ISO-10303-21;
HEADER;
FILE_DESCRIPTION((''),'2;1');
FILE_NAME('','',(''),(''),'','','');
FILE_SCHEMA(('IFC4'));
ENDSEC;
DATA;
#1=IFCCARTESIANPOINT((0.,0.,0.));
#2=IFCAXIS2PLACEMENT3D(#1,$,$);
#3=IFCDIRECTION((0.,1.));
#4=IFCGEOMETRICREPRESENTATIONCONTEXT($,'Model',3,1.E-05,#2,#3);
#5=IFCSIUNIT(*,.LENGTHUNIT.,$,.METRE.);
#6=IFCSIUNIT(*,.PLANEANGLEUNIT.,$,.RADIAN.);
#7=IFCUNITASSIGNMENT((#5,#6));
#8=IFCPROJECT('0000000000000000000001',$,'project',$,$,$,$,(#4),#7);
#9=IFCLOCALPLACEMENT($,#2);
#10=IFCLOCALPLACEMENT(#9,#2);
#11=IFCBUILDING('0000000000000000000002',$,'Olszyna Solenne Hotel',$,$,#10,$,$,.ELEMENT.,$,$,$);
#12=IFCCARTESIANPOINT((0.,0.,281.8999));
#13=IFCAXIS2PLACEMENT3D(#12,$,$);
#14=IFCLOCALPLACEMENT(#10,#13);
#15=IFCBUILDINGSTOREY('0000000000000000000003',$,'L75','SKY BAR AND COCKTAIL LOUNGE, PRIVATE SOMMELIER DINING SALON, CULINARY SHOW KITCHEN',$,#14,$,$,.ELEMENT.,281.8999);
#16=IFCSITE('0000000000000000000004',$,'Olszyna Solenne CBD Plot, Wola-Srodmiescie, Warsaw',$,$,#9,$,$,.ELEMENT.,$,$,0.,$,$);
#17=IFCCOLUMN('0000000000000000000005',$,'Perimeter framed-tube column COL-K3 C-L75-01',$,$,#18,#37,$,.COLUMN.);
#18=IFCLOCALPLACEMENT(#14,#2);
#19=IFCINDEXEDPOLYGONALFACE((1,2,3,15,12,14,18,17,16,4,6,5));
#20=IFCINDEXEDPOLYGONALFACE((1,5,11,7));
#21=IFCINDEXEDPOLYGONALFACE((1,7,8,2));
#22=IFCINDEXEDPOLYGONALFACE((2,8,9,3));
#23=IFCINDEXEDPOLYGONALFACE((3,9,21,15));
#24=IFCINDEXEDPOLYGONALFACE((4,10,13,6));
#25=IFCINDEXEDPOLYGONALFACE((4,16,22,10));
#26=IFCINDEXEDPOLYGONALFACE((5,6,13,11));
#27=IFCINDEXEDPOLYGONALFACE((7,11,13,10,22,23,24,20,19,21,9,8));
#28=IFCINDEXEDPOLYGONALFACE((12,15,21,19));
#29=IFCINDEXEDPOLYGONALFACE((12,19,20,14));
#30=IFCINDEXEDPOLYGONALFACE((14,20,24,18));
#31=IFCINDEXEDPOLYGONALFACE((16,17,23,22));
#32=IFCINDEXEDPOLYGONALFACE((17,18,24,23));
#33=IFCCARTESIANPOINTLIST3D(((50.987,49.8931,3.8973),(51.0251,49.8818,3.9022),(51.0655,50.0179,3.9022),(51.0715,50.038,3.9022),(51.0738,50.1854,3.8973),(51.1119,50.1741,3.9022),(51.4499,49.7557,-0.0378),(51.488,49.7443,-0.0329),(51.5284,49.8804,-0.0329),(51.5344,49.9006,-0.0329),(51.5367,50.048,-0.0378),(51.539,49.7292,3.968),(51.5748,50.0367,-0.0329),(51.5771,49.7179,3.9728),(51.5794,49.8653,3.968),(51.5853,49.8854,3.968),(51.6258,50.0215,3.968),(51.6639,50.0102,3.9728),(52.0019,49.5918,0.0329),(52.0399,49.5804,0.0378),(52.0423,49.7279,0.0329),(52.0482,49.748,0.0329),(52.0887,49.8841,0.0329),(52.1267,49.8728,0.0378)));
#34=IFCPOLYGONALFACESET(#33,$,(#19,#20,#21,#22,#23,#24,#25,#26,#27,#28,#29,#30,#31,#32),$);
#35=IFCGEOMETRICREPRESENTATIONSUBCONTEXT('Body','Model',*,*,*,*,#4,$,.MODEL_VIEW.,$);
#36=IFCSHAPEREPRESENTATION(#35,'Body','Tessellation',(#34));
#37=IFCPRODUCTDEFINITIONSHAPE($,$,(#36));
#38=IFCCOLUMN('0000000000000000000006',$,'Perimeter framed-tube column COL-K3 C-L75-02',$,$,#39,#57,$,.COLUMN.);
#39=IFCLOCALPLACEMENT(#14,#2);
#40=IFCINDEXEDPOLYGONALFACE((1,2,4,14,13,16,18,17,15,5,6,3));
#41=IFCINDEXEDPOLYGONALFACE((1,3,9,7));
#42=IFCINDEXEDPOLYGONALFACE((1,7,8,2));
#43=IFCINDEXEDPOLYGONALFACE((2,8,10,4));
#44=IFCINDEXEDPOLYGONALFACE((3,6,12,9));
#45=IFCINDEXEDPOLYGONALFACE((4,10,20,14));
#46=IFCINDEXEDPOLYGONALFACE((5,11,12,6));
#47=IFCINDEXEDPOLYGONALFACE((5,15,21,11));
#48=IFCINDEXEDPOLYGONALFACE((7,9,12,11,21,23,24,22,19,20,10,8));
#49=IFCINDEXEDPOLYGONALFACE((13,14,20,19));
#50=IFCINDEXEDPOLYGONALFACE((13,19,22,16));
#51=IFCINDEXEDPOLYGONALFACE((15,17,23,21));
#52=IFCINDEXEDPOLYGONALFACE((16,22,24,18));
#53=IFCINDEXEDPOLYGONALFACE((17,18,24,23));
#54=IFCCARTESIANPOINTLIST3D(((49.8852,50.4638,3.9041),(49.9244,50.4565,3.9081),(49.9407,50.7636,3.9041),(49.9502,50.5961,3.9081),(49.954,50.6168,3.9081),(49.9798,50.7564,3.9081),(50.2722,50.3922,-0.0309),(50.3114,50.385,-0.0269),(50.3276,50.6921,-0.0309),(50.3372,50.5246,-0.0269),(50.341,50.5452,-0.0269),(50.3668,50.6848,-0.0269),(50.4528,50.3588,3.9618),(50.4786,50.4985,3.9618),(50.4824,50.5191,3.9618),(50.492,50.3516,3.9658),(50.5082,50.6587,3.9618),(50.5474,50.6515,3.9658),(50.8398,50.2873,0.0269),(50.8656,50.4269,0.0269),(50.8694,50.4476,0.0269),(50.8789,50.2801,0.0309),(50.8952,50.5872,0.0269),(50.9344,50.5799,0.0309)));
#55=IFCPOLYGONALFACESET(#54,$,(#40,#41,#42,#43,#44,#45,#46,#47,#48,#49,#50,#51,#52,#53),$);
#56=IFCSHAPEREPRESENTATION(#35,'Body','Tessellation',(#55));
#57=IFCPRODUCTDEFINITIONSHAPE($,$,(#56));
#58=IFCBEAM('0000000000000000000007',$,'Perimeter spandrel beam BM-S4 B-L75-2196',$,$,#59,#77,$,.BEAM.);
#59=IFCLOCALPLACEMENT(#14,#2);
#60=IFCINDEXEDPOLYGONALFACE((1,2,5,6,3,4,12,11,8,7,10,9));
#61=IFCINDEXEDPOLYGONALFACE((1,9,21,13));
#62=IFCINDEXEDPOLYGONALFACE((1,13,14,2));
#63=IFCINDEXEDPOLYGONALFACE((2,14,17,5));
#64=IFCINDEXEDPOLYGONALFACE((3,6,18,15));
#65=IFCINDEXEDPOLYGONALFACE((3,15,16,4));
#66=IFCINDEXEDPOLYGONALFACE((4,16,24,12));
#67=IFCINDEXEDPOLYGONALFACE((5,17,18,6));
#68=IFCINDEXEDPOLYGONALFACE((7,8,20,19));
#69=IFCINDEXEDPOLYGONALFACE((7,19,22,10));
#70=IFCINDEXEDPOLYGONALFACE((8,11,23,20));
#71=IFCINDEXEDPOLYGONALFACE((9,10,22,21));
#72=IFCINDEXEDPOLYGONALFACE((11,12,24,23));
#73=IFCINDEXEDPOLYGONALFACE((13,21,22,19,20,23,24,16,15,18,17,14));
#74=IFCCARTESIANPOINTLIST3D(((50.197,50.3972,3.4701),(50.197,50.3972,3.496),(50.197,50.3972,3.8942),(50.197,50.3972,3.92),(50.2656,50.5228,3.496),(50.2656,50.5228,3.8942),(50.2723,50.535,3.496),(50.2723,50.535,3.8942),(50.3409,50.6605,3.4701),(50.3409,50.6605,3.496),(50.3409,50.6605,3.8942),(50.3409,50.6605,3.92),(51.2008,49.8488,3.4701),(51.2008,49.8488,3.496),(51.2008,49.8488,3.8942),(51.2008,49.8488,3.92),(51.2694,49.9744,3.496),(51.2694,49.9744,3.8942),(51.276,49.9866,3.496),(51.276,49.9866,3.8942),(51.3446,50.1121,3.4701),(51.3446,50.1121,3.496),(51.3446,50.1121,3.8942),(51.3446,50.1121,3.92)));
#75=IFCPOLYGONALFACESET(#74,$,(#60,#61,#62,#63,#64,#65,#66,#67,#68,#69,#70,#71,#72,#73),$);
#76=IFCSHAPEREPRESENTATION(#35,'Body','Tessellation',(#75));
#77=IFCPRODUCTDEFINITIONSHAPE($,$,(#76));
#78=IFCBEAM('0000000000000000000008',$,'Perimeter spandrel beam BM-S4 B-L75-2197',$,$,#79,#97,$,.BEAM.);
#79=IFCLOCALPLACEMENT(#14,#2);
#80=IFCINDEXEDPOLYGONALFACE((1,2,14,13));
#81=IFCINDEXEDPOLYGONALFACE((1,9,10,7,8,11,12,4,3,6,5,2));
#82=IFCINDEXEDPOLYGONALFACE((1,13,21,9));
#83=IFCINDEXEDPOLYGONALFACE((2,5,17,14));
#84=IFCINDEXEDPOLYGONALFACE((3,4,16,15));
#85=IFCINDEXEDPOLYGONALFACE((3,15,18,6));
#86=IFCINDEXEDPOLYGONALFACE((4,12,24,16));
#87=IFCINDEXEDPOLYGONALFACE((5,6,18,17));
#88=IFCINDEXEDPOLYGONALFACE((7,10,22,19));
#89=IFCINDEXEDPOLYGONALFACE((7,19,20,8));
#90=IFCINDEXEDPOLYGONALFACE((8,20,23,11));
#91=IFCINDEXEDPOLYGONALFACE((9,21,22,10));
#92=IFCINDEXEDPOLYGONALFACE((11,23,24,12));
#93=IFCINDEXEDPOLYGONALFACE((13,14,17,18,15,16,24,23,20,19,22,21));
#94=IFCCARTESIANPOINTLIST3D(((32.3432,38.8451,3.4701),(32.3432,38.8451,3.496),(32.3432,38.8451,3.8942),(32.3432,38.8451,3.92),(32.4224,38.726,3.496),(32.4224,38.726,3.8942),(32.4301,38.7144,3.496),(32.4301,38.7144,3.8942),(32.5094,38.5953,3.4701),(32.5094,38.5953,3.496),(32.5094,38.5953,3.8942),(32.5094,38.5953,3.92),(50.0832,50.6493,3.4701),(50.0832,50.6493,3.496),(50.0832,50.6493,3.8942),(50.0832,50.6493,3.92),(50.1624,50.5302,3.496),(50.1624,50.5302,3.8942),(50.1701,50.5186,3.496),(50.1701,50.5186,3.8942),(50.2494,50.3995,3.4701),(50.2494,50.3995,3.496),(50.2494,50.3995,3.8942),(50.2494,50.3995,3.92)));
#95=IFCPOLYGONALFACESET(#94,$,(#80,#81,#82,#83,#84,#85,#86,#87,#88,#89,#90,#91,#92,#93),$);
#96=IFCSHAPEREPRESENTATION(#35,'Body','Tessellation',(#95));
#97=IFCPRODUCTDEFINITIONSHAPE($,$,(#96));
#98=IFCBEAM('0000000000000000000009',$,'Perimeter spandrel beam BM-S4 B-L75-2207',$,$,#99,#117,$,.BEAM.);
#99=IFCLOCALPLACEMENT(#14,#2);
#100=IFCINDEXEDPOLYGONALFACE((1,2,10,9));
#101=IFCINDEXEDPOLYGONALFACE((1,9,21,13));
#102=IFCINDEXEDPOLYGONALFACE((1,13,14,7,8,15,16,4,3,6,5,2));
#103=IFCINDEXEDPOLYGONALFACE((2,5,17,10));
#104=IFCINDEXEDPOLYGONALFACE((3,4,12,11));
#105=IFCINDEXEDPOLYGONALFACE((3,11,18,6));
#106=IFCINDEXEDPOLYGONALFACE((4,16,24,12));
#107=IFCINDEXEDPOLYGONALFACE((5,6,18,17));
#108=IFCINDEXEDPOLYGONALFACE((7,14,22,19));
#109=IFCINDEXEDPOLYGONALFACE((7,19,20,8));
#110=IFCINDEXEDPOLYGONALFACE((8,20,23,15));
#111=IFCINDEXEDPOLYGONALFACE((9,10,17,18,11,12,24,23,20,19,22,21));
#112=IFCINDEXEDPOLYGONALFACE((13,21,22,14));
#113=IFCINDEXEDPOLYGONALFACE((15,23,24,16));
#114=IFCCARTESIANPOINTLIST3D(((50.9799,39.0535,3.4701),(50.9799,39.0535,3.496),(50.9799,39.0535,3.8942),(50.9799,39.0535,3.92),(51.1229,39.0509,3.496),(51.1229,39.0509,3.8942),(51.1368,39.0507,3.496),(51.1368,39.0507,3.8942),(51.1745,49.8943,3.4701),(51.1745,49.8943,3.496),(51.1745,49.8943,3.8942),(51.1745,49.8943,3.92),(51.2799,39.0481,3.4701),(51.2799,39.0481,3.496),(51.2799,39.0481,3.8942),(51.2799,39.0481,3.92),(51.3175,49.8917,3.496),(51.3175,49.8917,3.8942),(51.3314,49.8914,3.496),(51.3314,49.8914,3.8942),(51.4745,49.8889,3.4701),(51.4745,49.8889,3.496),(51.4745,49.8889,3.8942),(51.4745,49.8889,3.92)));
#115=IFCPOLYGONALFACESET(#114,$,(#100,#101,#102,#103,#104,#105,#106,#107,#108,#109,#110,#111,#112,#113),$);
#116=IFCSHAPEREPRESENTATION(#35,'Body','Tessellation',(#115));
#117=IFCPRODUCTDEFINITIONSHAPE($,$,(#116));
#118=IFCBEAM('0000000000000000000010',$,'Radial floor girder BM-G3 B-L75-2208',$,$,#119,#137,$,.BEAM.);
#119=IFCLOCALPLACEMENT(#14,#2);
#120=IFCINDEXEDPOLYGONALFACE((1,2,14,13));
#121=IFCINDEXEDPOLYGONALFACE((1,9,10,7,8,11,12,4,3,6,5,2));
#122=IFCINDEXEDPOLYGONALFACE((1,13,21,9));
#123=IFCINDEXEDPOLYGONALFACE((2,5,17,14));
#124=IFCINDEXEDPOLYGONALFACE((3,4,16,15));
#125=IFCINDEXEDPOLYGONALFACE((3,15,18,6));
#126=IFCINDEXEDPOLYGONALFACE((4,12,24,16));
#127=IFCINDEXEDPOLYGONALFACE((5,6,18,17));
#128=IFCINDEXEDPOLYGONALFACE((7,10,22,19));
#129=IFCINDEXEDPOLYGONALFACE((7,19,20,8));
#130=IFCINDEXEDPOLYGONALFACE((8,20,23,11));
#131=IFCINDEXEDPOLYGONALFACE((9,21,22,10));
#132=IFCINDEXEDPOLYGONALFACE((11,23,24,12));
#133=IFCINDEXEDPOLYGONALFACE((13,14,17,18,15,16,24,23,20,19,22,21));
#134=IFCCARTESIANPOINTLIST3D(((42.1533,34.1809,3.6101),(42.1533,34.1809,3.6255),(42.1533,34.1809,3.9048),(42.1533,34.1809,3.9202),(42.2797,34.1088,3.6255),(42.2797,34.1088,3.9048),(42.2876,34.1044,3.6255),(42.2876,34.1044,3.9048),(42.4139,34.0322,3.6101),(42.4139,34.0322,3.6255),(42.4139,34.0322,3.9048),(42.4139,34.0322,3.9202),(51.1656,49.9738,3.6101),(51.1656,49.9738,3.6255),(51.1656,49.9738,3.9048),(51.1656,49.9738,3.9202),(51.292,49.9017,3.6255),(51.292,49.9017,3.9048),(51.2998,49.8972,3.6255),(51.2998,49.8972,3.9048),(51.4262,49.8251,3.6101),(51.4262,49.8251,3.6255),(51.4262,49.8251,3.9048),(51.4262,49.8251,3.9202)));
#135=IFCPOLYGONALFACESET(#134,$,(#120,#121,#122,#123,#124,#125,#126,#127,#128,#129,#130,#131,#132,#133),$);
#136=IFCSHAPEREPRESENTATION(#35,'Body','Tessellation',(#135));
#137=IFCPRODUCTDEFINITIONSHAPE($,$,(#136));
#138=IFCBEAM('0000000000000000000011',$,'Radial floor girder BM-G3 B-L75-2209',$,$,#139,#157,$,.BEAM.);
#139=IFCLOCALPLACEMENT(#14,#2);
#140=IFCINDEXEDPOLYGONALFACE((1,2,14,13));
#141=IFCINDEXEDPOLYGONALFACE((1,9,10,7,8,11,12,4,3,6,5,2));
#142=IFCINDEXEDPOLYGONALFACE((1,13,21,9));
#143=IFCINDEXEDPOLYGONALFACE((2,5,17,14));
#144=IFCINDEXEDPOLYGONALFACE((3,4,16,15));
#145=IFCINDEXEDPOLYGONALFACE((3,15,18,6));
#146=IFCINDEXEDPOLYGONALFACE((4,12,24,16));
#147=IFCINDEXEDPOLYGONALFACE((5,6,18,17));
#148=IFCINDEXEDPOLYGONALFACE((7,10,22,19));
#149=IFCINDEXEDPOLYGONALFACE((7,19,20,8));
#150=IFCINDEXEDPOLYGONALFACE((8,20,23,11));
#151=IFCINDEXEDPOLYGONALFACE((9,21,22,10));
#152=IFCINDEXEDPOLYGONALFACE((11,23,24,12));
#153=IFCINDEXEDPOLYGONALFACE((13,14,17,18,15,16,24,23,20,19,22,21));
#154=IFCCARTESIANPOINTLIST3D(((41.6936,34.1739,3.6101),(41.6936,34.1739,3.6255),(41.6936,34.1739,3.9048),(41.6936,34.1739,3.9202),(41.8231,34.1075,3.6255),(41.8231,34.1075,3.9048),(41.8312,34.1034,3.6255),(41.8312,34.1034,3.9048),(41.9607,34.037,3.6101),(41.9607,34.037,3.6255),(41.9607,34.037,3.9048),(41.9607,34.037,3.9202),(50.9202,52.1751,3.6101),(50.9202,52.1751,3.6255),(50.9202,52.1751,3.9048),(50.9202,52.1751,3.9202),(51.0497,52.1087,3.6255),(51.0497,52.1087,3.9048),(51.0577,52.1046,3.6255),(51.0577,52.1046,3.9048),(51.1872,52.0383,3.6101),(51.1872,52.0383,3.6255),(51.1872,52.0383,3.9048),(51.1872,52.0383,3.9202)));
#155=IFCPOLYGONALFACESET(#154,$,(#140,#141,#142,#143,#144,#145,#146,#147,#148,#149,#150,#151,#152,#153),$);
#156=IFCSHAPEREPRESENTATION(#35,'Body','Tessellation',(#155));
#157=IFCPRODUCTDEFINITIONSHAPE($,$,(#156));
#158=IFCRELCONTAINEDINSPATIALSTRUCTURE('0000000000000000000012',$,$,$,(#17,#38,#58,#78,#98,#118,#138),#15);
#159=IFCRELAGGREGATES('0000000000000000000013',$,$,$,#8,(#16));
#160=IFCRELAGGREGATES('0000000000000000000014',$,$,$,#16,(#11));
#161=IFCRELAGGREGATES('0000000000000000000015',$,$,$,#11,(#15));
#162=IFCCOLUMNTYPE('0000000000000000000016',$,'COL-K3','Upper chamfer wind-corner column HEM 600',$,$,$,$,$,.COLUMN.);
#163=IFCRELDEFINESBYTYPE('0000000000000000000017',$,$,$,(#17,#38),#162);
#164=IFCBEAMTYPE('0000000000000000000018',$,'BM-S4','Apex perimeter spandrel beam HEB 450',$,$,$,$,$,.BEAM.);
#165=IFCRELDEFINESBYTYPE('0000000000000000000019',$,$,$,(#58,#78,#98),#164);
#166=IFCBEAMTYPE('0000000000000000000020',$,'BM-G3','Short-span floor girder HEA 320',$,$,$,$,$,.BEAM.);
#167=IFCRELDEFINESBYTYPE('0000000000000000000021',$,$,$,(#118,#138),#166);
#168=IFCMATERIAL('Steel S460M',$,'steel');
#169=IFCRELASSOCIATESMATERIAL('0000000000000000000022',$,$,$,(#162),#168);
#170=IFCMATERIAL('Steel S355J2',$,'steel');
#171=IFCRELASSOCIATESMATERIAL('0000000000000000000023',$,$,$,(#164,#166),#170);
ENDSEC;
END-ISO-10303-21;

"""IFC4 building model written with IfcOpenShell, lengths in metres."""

from ifc_helpers import new_model, si_unit, direction, frame, origin, origin_2d, place, context, subcontext, project, spatial, i_section, extrude, source, transform, mapped, material, material_profile, profile_set, type_object, element, save


model = new_model("IFC4")

# Units and contexts
model_context = context("Model", 3, precision=1e-05, world=origin(), true_north=direction((0.0, 1.0)))
body_context = subcontext(model_context, "Body", "Model", "MODEL_VIEW")
ifc_project = project(units=[si_unit("LENGTHUNIT", "METRE"), si_unit("PLANEANGLEUNIT", "RADIAN")], contexts=[model_context])

# Site, building, storey
site_placement = place(None, origin())
site = spatial("IfcSite", under=ifc_project, at=site_placement, Name="Olszyna Solenne CBD Plot, Wola-Srodmiescie, Warsaw", CompositionType="ELEMENT", RefElevation=0.0)
building_placement = place(site_placement, origin())
building = spatial("IfcBuilding", under=site, at=building_placement, Name="Olszyna Solenne Hotel", CompositionType="ELEMENT")
storey_placement = place(building_placement, frame((0.0, 0.0, 281.8999)))
storey = spatial("IfcBuildingStorey", under=building, at=storey_placement, Name="L75", Description="SKY BAR AND COCKTAIL LOUNGE, PRIVATE SOMMELIER DINING SALON, CULINARY SHOW KITCHEN", CompositionType="ELEMENT", Elevation=281.8999)

# Columns
ifc_material_1 = material(Name="Steel S460M", Category="steel")
ifc_material_profile_1 = material_profile(ifc_material_1, i_section(OverallWidth=0.3049, OverallDepth=0.6201, WebThickness=0.021, FlangeThickness=0.04, at=origin_2d()), Name="HEM 600", Category="load-bearing")
ifc_profile_set_1 = profile_set([ifc_material_profile_1], Name="Steel S460M")
column_type = type_object("IfcColumnType", Name="COL-K3", Description="Upper chamfer wind-corner column HEM 600", PredefinedType="COLUMN", material=ifc_profile_set_1)
shared_shape_1 = source(origin(), body_context, "Body", "SweptSolid", [
    extrude(i_section(OverallWidth=0.3049, OverallDepth=0.6201, WebThickness=0.021, FlangeThickness=0.04, at=origin_2d()), origin(), (0.0, 0.0, 1.0), 3.9646),
])
column_1_placement = place(storey_placement, frame((51.7883, 49.8142, 0.0), z_axis=(-0.116757, 0.03467, 0.992555), x_axis=(-0.284656, -0.95863, 0.0)))
element("IfcColumn", 1, at=column_1_placement, inside=storey, type_object=column_type, Name="Perimeter framed-tube column COL-K3 C-L75-01", PredefinedType="COLUMN", context=body_context, shape_type="MappedRepresentation", body=[
    mapped(shared_shape_1, transform((0.0, 0.0, 0.0), x_axis=(1.0, 0.0, 0.0), y_axis=(0.0, 1.0, 0.0), z_axis=(0.0, 0.0, 1.0), scale=1.0)),
])
shared_shape_2 = source(origin(), body_context, "Body", "SweptSolid", [
    extrude(i_section(OverallWidth=0.3049, OverallDepth=0.6201, WebThickness=0.021, FlangeThickness=0.04, at=origin_2d()), origin(), (0.0, 0.0, 1.0), 3.9546),
])
column_2_placement = place(storey_placement, frame((50.6033, 50.4861, 0.0), z_axis=(-0.097849, 0.018088, 0.995037), x_axis=(-0.181778, -0.98334, 0.0)))
element("IfcColumn", 2, at=column_2_placement, inside=storey, type_object=column_type, Name="Perimeter framed-tube column COL-K3 C-L75-02", PredefinedType="COLUMN", context=body_context, shape_type="MappedRepresentation", body=[
    mapped(shared_shape_2, transform((0.0, 0.0, 0.0), x_axis=(1.0, 0.0, 0.0), y_axis=(0.0, 1.0, 0.0), z_axis=(0.0, 0.0, 1.0), scale=1.0)),
])

# Beams
ifc_material_2 = material(Name="Steel S355J2", Category="steel")
ifc_material_profile_2 = material_profile(ifc_material_2, i_section(OverallWidth=0.3, OverallDepth=0.45, WebThickness=0.0139, FlangeThickness=0.0259, at=origin_2d()), Name="HEB 450", Category="load-bearing")
ifc_profile_set_2 = profile_set([ifc_material_profile_2], Name="Steel S355J2")
beam_type_1 = type_object("IfcBeamType", Name="BM-S4", Description="Apex perimeter spandrel beam HEB 450", PredefinedType="BEAM", material=ifc_profile_set_2)
shared_shape_3 = source(origin(), body_context, "Body", "SweptSolid", [
    extrude(i_section(OverallWidth=0.3, OverallDepth=0.45, WebThickness=0.0139, FlangeThickness=0.0259, at=origin_2d()), origin(), (0.0, 0.0, 1.0), 1.1438),
])
beam_1_placement = place(storey_placement, frame((51.2727, 49.9805, 3.6951), z_axis=(-0.877569, 0.47945, 0.0), x_axis=(-0.47945, -0.877569, 0.0)))
element("IfcBeam", 3, at=beam_1_placement, inside=storey, type_object=beam_type_1, Name="Perimeter spandrel beam BM-S4 B-L75-2196", PredefinedType="BEAM", context=body_context, shape_type="MappedRepresentation", body=[
    mapped(shared_shape_3, transform((0.0, 0.0, 0.0), x_axis=(1.0, 0.0, 0.0), y_axis=(0.0, 1.0, 0.0), z_axis=(0.0, 0.0, 1.0), scale=1.0)),
])
shared_shape_4 = source(origin(), body_context, "Body", "SweptSolid", [
    extrude(i_section(OverallWidth=0.3, OverallDepth=0.45, WebThickness=0.0139, FlangeThickness=0.0259, at=origin_2d()), origin(), (0.0, 0.0, 1.0), 21.3083),
])
beam_2_placement = place(storey_placement, frame((50.1663, 50.5244, 3.6951), z_axis=(-0.832536, -0.55397, 0.0), x_axis=(0.55397, -0.832536, 0.0)))
element("IfcBeam", 4, at=beam_2_placement, inside=storey, type_object=beam_type_1, Name="Perimeter spandrel beam BM-S4 B-L75-2197", PredefinedType="BEAM", context=body_context, shape_type="MappedRepresentation", body=[
    mapped(shared_shape_4, transform((0.0, 0.0, 0.0), x_axis=(1.0, 0.0, 0.0), y_axis=(0.0, 1.0, 0.0), z_axis=(0.0, 0.0, 1.0), scale=1.0)),
])
shared_shape_5 = source(origin(), body_context, "Body", "SweptSolid", [
    extrude(i_section(OverallWidth=0.3, OverallDepth=0.45, WebThickness=0.0139, FlangeThickness=0.0259, at=origin_2d()), origin(), (0.0, 0.0, 1.0), 10.8425),
])
beam_3_placement = place(storey_placement, frame((51.1299, 39.0508, 3.6951), z_axis=(0.017946, 0.999839, 0.0), x_axis=(-0.999839, 0.017946, 0.0)))
element("IfcBeam", 5, at=beam_3_placement, inside=storey, type_object=beam_type_1, Name="Perimeter spandrel beam BM-S4 B-L75-2207", PredefinedType="BEAM", context=body_context, shape_type="MappedRepresentation", body=[
    mapped(shared_shape_5, transform((0.0, 0.0, 0.0), x_axis=(1.0, 0.0, 0.0), y_axis=(0.0, 1.0, 0.0), z_axis=(0.0, 0.0, 1.0), scale=1.0)),
])
ifc_material_profile_3 = material_profile(ifc_material_2, i_section(OverallWidth=0.3, OverallDepth=0.3101, WebThickness=0.009, FlangeThickness=0.0154, at=origin_2d()), Name="HEA 320", Category="load-bearing")
ifc_profile_set_3 = profile_set([ifc_material_profile_3], Name="Steel S355J2")
beam_type_2 = type_object("IfcBeamType", Name="BM-G3", Description="Short-span floor girder HEA 320", PredefinedType="BEAM", material=ifc_profile_set_3)
shared_shape_6 = source(origin(), body_context, "Body", "SweptSolid", [
    extrude(i_section(OverallWidth=0.3, OverallDepth=0.3101, WebThickness=0.009, FlangeThickness=0.0154, at=origin_2d()), origin(), (0.0, 0.0, 1.0), 18.1833),
])
beam_4_placement = place(storey_placement, frame((51.2959, 49.8994, 3.7651), z_axis=(-0.495633, -0.868532, 0.0), x_axis=(0.868532, -0.495633, 0.0)))
element("IfcBeam", 6, at=beam_4_placement, inside=storey, type_object=beam_type_2, Name="Radial floor girder BM-G3 B-L75-2208", PredefinedType="BEAM", context=body_context, shape_type="MappedRepresentation", body=[
    mapped(shared_shape_6, transform((0.0, 0.0, 0.0), x_axis=(1.0, 0.0, 0.0), y_axis=(0.0, 1.0, 0.0), z_axis=(0.0, 0.0, 1.0), scale=1.0)),
])
shared_shape_7 = source(origin(), body_context, "Body", "SweptSolid", [
    extrude(i_section(OverallWidth=0.3, OverallDepth=0.3101, WebThickness=0.009, FlangeThickness=0.0154, at=origin_2d()), origin(), (0.0, 0.0, 1.0), 20.228),
])
beam_5_placement = place(storey_placement, frame((51.0537, 52.1067, 3.7651), z_axis=(-0.456127, -0.889914, 0.0), x_axis=(0.889914, -0.456127, 0.0)))
element("IfcBeam", 7, at=beam_5_placement, inside=storey, type_object=beam_type_2, Name="Radial floor girder BM-G3 B-L75-2209", PredefinedType="BEAM", context=body_context, shape_type="MappedRepresentation", body=[
    mapped(shared_shape_7, transform((0.0, 0.0, 0.0), x_axis=(1.0, 0.0, 0.0), y_axis=(0.0, 1.0, 0.0), z_axis=(0.0, 0.0, 1.0), scale=1.0)),
])

save(model, "model.ifc")
